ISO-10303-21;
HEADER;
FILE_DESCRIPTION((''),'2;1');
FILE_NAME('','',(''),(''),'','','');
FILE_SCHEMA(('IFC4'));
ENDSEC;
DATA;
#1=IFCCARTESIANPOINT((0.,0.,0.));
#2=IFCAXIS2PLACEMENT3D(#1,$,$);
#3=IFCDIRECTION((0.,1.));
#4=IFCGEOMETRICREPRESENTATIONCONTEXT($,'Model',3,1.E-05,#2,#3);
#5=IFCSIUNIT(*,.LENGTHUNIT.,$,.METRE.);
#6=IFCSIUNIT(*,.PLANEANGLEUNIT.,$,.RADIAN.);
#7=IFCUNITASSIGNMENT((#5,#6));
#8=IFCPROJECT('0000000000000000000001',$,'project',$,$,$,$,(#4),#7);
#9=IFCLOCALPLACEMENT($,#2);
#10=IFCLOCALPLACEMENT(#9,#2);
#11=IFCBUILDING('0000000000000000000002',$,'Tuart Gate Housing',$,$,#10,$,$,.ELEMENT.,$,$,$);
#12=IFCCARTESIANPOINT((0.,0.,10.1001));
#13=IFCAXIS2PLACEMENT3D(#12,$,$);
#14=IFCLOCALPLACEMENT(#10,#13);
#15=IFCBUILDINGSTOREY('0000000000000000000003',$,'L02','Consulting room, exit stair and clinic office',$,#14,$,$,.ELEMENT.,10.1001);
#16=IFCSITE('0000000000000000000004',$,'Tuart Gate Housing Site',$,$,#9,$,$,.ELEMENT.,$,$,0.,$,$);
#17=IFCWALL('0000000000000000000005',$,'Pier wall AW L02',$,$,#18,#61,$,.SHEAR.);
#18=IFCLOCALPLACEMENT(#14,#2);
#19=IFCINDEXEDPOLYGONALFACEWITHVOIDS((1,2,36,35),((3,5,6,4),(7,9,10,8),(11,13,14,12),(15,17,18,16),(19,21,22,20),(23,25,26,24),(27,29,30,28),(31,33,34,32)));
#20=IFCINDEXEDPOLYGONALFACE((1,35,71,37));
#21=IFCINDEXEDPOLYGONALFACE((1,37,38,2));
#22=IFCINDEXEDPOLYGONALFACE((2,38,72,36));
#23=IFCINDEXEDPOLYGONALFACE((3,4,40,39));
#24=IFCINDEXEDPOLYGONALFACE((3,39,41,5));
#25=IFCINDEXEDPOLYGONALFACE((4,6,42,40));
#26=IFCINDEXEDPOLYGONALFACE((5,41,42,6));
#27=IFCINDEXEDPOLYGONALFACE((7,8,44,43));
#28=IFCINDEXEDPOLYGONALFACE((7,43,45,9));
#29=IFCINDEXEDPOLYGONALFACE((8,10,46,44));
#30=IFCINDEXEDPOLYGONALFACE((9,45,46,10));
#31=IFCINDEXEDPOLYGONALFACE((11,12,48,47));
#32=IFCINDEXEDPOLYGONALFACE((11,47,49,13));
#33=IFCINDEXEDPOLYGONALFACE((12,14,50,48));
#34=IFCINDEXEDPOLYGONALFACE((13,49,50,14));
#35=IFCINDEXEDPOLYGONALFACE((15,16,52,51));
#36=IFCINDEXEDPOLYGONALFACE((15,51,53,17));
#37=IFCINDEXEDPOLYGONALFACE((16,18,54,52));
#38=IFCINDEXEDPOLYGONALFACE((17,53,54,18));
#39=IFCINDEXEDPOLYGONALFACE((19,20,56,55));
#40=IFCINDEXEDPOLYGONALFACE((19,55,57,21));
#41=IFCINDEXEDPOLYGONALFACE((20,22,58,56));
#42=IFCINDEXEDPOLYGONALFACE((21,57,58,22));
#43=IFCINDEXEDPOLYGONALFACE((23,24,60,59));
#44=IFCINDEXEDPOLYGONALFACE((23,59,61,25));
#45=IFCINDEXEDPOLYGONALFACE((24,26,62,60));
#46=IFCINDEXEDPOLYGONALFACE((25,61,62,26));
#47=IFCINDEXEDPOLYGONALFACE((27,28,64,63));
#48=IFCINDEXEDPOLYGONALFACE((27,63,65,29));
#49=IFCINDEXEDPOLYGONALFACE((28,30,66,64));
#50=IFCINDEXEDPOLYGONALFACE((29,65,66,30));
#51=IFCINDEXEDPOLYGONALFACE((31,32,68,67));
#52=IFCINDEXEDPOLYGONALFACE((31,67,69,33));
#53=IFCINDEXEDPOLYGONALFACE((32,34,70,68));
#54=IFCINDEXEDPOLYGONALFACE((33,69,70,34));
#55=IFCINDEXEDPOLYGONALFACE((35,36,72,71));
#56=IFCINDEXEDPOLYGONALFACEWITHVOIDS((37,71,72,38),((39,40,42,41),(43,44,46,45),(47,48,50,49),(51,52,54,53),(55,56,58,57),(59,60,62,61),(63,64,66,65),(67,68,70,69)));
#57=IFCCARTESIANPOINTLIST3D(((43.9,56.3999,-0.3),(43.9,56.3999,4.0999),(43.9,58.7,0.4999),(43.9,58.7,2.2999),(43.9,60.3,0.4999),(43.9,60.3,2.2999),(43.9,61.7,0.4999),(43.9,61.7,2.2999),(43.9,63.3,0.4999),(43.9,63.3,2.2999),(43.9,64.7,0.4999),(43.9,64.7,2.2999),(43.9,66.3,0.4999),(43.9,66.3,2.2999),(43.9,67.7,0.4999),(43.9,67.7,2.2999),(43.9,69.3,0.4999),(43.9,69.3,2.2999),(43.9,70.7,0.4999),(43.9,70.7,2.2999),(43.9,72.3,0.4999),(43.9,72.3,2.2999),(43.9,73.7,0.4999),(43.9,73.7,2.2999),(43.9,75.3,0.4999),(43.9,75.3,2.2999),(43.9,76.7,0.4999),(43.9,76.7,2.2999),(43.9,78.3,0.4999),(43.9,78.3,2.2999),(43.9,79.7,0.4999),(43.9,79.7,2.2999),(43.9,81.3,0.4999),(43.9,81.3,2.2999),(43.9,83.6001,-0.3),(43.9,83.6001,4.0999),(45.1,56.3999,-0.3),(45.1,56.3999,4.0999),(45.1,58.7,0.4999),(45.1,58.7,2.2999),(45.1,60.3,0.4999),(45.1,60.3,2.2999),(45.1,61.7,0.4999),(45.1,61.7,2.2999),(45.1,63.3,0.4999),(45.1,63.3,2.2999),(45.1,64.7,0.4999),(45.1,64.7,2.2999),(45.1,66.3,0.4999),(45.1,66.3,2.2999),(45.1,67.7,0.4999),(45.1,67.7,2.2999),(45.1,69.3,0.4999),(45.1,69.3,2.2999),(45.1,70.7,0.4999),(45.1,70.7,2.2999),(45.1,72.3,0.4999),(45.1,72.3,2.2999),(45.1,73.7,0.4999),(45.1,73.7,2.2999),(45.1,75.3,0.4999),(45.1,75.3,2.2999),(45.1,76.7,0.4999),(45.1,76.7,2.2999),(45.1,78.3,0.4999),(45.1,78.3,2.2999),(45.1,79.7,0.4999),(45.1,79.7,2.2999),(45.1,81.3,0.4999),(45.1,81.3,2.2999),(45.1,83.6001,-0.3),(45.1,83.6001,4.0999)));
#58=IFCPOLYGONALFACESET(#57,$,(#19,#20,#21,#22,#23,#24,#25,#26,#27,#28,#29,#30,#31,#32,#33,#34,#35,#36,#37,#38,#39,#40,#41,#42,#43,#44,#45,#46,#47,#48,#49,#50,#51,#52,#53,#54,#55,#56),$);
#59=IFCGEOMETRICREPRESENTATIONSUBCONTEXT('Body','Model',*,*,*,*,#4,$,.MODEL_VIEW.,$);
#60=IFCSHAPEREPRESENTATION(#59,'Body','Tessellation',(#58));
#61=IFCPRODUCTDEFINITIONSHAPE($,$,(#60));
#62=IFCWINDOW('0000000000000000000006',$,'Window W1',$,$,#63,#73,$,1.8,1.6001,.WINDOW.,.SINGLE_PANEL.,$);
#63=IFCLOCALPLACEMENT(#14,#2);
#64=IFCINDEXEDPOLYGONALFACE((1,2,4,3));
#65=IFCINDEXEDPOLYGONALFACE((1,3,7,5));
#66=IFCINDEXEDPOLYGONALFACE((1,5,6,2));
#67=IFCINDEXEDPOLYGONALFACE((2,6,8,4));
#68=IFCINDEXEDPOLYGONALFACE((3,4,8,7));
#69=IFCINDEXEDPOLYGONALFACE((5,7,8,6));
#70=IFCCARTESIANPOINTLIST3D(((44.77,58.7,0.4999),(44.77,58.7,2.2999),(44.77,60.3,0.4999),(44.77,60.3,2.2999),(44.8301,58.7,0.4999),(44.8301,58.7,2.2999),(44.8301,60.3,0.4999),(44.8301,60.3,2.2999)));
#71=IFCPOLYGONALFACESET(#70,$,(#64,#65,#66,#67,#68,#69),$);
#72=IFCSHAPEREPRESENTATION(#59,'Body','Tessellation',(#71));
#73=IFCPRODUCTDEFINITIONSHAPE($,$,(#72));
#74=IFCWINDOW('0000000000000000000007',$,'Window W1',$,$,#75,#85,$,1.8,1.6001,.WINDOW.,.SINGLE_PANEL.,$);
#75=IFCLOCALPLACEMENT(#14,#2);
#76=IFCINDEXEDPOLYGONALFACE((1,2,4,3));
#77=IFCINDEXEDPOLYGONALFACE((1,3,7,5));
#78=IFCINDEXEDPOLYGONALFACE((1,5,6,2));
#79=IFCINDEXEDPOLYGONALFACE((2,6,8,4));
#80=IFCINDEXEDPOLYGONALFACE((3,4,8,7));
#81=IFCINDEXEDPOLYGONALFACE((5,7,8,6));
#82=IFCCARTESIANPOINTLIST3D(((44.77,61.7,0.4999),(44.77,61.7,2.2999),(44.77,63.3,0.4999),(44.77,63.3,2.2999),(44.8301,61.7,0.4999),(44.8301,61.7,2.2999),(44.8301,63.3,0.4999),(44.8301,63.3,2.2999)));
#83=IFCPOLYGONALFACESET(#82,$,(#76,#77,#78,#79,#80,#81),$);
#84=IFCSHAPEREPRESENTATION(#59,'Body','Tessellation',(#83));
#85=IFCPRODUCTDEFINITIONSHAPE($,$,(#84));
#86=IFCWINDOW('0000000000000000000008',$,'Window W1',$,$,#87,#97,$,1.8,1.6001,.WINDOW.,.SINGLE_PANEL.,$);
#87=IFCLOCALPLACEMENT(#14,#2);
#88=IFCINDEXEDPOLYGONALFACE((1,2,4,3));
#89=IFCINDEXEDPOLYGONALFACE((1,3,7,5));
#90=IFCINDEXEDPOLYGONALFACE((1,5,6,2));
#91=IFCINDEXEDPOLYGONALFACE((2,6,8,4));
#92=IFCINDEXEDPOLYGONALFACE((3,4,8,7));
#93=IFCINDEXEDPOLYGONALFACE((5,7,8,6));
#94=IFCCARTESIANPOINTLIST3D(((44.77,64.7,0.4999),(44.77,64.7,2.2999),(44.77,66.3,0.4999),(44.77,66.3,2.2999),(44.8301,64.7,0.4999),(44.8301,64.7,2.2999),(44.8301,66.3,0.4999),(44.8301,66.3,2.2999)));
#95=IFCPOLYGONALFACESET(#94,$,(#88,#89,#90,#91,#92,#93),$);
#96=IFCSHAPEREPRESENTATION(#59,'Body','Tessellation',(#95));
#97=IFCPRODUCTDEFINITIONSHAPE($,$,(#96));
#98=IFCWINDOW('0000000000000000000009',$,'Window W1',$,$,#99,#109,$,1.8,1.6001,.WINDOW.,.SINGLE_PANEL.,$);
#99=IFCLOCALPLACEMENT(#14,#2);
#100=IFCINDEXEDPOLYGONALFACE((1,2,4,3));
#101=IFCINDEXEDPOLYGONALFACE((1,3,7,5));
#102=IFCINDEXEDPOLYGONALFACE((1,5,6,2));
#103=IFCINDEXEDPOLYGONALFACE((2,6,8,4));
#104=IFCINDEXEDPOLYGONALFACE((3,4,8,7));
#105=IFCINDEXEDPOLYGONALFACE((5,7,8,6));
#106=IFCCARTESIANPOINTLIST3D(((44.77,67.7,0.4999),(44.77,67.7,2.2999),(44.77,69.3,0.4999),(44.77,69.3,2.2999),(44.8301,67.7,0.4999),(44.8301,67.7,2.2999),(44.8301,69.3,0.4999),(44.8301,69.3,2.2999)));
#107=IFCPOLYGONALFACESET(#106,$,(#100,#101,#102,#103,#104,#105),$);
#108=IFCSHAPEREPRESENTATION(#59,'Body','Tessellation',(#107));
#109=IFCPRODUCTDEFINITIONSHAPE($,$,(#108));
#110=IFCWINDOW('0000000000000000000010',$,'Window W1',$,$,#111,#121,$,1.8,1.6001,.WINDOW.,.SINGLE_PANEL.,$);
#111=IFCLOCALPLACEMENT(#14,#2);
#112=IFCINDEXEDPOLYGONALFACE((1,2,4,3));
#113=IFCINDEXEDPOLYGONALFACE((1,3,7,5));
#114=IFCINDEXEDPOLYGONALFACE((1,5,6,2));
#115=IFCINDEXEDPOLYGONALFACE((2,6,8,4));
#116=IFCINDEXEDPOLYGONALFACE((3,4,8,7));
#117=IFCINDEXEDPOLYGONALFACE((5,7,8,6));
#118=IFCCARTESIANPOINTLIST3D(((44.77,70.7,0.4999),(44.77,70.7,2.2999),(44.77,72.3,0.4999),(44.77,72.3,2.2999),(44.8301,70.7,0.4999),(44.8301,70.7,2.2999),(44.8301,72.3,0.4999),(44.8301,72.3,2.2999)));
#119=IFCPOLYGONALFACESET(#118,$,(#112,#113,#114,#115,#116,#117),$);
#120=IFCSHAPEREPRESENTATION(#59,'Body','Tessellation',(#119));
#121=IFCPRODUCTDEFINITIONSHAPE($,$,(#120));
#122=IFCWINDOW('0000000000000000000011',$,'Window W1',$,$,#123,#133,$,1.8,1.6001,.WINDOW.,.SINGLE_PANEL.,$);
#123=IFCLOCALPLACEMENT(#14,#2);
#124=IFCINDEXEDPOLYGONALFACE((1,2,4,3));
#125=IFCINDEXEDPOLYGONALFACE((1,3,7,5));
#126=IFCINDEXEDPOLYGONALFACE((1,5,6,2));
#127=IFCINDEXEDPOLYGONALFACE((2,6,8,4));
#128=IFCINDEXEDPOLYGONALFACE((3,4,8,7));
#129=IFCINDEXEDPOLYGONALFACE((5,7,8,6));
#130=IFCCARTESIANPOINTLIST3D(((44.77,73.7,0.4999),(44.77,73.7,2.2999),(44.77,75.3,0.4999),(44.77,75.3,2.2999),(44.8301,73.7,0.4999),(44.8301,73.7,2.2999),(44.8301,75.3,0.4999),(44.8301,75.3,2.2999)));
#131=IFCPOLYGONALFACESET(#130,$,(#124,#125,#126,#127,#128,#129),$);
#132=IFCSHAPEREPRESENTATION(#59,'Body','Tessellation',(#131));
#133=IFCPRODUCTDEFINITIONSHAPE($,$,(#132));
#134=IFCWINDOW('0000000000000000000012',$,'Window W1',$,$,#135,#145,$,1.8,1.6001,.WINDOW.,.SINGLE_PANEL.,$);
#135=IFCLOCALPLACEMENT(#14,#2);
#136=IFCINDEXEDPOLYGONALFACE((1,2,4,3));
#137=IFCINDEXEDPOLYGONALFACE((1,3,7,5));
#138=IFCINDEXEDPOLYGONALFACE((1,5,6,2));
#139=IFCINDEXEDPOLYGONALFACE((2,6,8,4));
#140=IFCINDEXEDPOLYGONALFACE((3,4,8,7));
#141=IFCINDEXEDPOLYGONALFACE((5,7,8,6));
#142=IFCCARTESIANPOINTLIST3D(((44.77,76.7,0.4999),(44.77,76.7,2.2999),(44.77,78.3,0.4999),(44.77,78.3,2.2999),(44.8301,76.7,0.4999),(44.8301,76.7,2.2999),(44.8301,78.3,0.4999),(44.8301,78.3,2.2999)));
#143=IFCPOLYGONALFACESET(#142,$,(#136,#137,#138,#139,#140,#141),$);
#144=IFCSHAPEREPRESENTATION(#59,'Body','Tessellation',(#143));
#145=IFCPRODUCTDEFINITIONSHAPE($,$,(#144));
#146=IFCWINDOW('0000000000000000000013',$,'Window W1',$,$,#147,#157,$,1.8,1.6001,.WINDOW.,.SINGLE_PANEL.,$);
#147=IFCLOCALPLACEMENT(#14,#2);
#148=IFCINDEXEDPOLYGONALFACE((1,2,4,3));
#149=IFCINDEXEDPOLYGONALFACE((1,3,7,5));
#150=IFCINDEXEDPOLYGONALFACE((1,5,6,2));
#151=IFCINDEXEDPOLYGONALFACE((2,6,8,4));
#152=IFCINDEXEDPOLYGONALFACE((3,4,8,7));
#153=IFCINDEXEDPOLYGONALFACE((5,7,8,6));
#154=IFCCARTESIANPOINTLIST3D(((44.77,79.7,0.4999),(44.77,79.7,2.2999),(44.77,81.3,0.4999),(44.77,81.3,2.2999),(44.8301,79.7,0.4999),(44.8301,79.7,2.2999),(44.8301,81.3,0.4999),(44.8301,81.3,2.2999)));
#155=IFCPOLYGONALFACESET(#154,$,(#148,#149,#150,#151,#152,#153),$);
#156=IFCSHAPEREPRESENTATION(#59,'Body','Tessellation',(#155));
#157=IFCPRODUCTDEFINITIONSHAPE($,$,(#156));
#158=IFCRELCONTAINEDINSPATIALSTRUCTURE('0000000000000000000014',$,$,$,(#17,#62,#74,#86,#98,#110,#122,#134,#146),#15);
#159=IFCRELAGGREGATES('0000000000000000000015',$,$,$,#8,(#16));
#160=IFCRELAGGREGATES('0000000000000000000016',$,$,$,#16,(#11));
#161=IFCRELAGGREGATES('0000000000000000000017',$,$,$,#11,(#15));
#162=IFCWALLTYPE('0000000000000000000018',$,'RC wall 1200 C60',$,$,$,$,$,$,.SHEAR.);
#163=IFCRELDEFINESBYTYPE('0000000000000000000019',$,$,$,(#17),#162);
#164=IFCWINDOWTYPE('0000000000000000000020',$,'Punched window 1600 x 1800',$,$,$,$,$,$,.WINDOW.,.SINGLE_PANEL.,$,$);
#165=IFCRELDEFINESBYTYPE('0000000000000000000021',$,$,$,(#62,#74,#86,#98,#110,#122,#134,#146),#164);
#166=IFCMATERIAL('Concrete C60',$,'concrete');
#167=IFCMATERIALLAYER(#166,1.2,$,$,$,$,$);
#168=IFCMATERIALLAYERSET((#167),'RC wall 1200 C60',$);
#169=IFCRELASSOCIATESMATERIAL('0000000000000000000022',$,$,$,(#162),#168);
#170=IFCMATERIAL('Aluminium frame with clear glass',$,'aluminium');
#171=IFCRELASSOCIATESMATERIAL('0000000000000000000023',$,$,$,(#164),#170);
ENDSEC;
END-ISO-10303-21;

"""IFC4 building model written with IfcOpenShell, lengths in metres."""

from ifc_helpers import new_model, si_unit, direction, frame, frame_2d, origin, place, context, subcontext, project, spatial, rectangle, extrude, material, layer, layer_set, type_object, element, fill, save


model = new_model("IFC4")

# Units and contexts
model_context = context("Model", 3, precision=1e-05, world=origin(), true_north=direction((0.0, 1.0)))
body_context = subcontext(model_context, "Body", "Model", "MODEL_VIEW")
ifc_project = project(units=[si_unit("LENGTHUNIT", "METRE"), si_unit("PLANEANGLEUNIT", "RADIAN")], contexts=[model_context])

# Site, building, storey
site_placement = place(None, origin())
site = spatial("IfcSite", under=ifc_project, at=site_placement, Name="Tuart Gate Housing Site", CompositionType="ELEMENT", RefElevation=0.0)
building_placement = place(site_placement, origin())
building = spatial("IfcBuilding", under=site, at=building_placement, Name="Tuart Gate Housing", CompositionType="ELEMENT")
storey_placement = place(building_placement, frame((0.0, 0.0, 10.1001)))
storey = spatial("IfcBuildingStorey", under=building, at=storey_placement, Name="L02", Description="Consulting room, exit stair and clinic office", CompositionType="ELEMENT", Elevation=10.1001)

# Wall, openings, windows
ifc_material_1 = material(Name="Concrete C60", Category="concrete")
ifc_layer_1 = layer(ifc_material_1, 1.2)
ifc_layer_set_1 = layer_set([ifc_layer_1], Name="RC wall 1200 C60")
wall_type = type_object("IfcWallType", Name="RC wall 1200 C60", PredefinedType="SHEAR", material=ifc_layer_set_1)
wall_placement = place(storey_placement, frame((44.5, 56.3999, -0.3), z_axis=(0.0, 0.0, 1.0), x_axis=(0.0, 1.0, 0.0)))
wall = element("IfcWall", 1, at=wall_placement, inside=storey, type_object=wall_type, Name="Pier wall AW L02", PredefinedType="SHEAR", context=body_context, shape_type="SweptSolid", body=[
    extrude(rectangle(XDim=27.2002, YDim=1.2, at=frame_2d((13.6001, 0.0))), origin(), (0.0, 0.0, 1.0), 4.3999),
])
opening_1_placement = place(wall_placement, frame((2.3, 0.0, 0.8)))
opening_1 = element("IfcOpeningElement", 2, at=opening_1_placement, cuts=wall, PredefinedType="OPENING", context=body_context, shape_type="SweptSolid", body=[
    extrude(rectangle(XDim=1.6001, YDim=1.8, at=frame_2d((0.8, 0.8999))), frame((0.0, 0.6099, 0.0), z_axis=(0.0, -1.0, 0.0), x_axis=(1.0, 0.0, 0.0)), (0.0, 0.0, 1.0), 1.22),
])
opening_2_placement = place(wall_placement, frame((5.3, 0.0, 0.8)))
opening_2 = element("IfcOpeningElement", 3, at=opening_2_placement, cuts=wall, PredefinedType="OPENING", context=body_context, shape_type="SweptSolid", body=[
    extrude(rectangle(XDim=1.6001, YDim=1.8, at=frame_2d((0.8, 0.8999))), frame((0.0, 0.6099, 0.0), z_axis=(0.0, -1.0, 0.0), x_axis=(1.0, 0.0, 0.0)), (0.0, 0.0, 1.0), 1.22),
])
opening_3_placement = place(wall_placement, frame((8.3, 0.0, 0.8)))
opening_3 = element("IfcOpeningElement", 4, at=opening_3_placement, cuts=wall, PredefinedType="OPENING", context=body_context, shape_type="SweptSolid", body=[
    extrude(rectangle(XDim=1.6001, YDim=1.8, at=frame_2d((0.8, 0.8999))), frame((0.0, 0.6099, 0.0), z_axis=(0.0, -1.0, 0.0), x_axis=(1.0, 0.0, 0.0)), (0.0, 0.0, 1.0), 1.22),
])
opening_4_placement = place(wall_placement, frame((11.3, 0.0, 0.8)))
opening_4 = element("IfcOpeningElement", 5, at=opening_4_placement, cuts=wall, PredefinedType="OPENING", context=body_context, shape_type="SweptSolid", body=[
    extrude(rectangle(XDim=1.6001, YDim=1.8, at=frame_2d((0.8, 0.8999))), frame((0.0, 0.6099, 0.0), z_axis=(0.0, -1.0, 0.0), x_axis=(1.0, 0.0, 0.0)), (0.0, 0.0, 1.0), 1.22),
])
opening_5_placement = place(wall_placement, frame((14.3, 0.0, 0.8)))
opening_5 = element("IfcOpeningElement", 6, at=opening_5_placement, cuts=wall, PredefinedType="OPENING", context=body_context, shape_type="SweptSolid", body=[
    extrude(rectangle(XDim=1.6001, YDim=1.8, at=frame_2d((0.8, 0.8999))), frame((0.0, 0.6099, 0.0), z_axis=(0.0, -1.0, 0.0), x_axis=(1.0, 0.0, 0.0)), (0.0, 0.0, 1.0), 1.22),
])
opening_6_placement = place(wall_placement, frame((17.3, 0.0, 0.8)))
opening_6 = element("IfcOpeningElement", 7, at=opening_6_placement, cuts=wall, PredefinedType="OPENING", context=body_context, shape_type="SweptSolid", body=[
    extrude(rectangle(XDim=1.6001, YDim=1.8, at=frame_2d((0.8, 0.8999))), frame((0.0, 0.6099, 0.0), z_axis=(0.0, -1.0, 0.0), x_axis=(1.0, 0.0, 0.0)), (0.0, 0.0, 1.0), 1.22),
])
opening_7_placement = place(wall_placement, frame((20.3, 0.0, 0.8)))
opening_7 = element("IfcOpeningElement", 8, at=opening_7_placement, cuts=wall, PredefinedType="OPENING", context=body_context, shape_type="SweptSolid", body=[
    extrude(rectangle(XDim=1.6001, YDim=1.8, at=frame_2d((0.8, 0.8999))), frame((0.0, 0.6099, 0.0), z_axis=(0.0, -1.0, 0.0), x_axis=(1.0, 0.0, 0.0)), (0.0, 0.0, 1.0), 1.22),
])
opening_8_placement = place(wall_placement, frame((23.3, 0.0, 0.8)))
opening_8 = element("IfcOpeningElement", 9, at=opening_8_placement, cuts=wall, PredefinedType="OPENING", context=body_context, shape_type="SweptSolid", body=[
    extrude(rectangle(XDim=1.6001, YDim=1.8, at=frame_2d((0.8, 0.8999))), frame((0.0, 0.6099, 0.0), z_axis=(0.0, -1.0, 0.0), x_axis=(1.0, 0.0, 0.0)), (0.0, 0.0, 1.0), 1.22),
])
ifc_material_2 = material(Name="Aluminium frame with clear glass", Category="aluminium")
window_type = type_object("IfcWindowType", Name="Punched window 1600 x 1800", PartitioningType="SINGLE_PANEL", PredefinedType="WINDOW", material=ifc_material_2)
window_1_placement = place(opening_1_placement, origin())
window_1 = element("IfcWindow", 10, at=window_1_placement, inside=storey, type_object=window_type, Name="Window W1", OverallHeight=1.8, OverallWidth=1.6001, PartitioningType="SINGLE_PANEL", PredefinedType="WINDOW", context=body_context, shape_type="SweptSolid", body=[
    extrude(rectangle(XDim=1.6001, YDim=1.8, at=frame_2d((0.8, 0.8999))), frame((0.0, -0.27, 0.0), z_axis=(0.0, -1.0, 0.0), x_axis=(1.0, 0.0, 0.0)), (0.0, 0.0, 1.0), 0.0601),
])
fill(opening_1, window_1)
window_2_placement = place(opening_2_placement, origin())
window_2 = element("IfcWindow", 11, at=window_2_placement, inside=storey, type_object=window_type, Name="Window W1", OverallHeight=1.8, OverallWidth=1.6001, PartitioningType="SINGLE_PANEL", PredefinedType="WINDOW", context=body_context, shape_type="SweptSolid", body=[
    extrude(rectangle(XDim=1.6001, YDim=1.8, at=frame_2d((0.8, 0.8999))), frame((0.0, -0.27, 0.0), z_axis=(0.0, -1.0, 0.0), x_axis=(1.0, 0.0, 0.0)), (0.0, 0.0, 1.0), 0.0601),
])
fill(opening_2, window_2)
window_3_placement = place(opening_3_placement, origin())
window_3 = element("IfcWindow", 12, at=window_3_placement, inside=storey, type_object=window_type, Name="Window W1", OverallHeight=1.8, OverallWidth=1.6001, PartitioningType="SINGLE_PANEL", PredefinedType="WINDOW", context=body_context, shape_type="SweptSolid", body=[
    extrude(rectangle(XDim=1.6001, YDim=1.8, at=frame_2d((0.8, 0.8999))), frame((0.0, -0.27, 0.0), z_axis=(0.0, -1.0, 0.0), x_axis=(1.0, 0.0, 0.0)), (0.0, 0.0, 1.0), 0.0601),
])
fill(opening_3, window_3)
window_4_placement = place(opening_4_placement, origin())
window_4 = element("IfcWindow", 13, at=window_4_placement, inside=storey, type_object=window_type, Name="Window W1", OverallHeight=1.8, OverallWidth=1.6001, PartitioningType="SINGLE_PANEL", PredefinedType="WINDOW", context=body_context, shape_type="SweptSolid", body=[
    extrude(rectangle(XDim=1.6001, YDim=1.8, at=frame_2d((0.8, 0.8999))), frame((0.0, -0.27, 0.0), z_axis=(0.0, -1.0, 0.0), x_axis=(1.0, 0.0, 0.0)), (0.0, 0.0, 1.0), 0.0601),
])
fill(opening_4, window_4)
window_5_placement = place(opening_5_placement, origin())
window_5 = element("IfcWindow", 14, at=window_5_placement, inside=storey, type_object=window_type, Name="Window W1", OverallHeight=1.8, OverallWidth=1.6001, PartitioningType="SINGLE_PANEL", PredefinedType="WINDOW", context=body_context, shape_type="SweptSolid", body=[
    extrude(rectangle(XDim=1.6001, YDim=1.8, at=frame_2d((0.8, 0.8999))), frame((0.0, -0.27, 0.0), z_axis=(0.0, -1.0, 0.0), x_axis=(1.0, 0.0, 0.0)), (0.0, 0.0, 1.0), 0.0601),
])
fill(opening_5, window_5)
window_6_placement = place(opening_6_placement, origin())
window_6 = element("IfcWindow", 15, at=window_6_placement, inside=storey, type_object=window_type, Name="Window W1", OverallHeight=1.8, OverallWidth=1.6001, PartitioningType="SINGLE_PANEL", PredefinedType="WINDOW", context=body_context, shape_type="SweptSolid", body=[
    extrude(rectangle(XDim=1.6001, YDim=1.8, at=frame_2d((0.8, 0.8999))), frame((0.0, -0.27, 0.0), z_axis=(0.0, -1.0, 0.0), x_axis=(1.0, 0.0, 0.0)), (0.0, 0.0, 1.0), 0.0601),
])
fill(opening_6, window_6)
window_7_placement = place(opening_7_placement, origin())
window_7 = element("IfcWindow", 16, at=window_7_placement, inside=storey, type_object=window_type, Name="Window W1", OverallHeight=1.8, OverallWidth=1.6001, PartitioningType="SINGLE_PANEL", PredefinedType="WINDOW", context=body_context, shape_type="SweptSolid", body=[
    extrude(rectangle(XDim=1.6001, YDim=1.8, at=frame_2d((0.8, 0.8999))), frame((0.0, -0.27, 0.0), z_axis=(0.0, -1.0, 0.0), x_axis=(1.0, 0.0, 0.0)), (0.0, 0.0, 1.0), 0.0601),
])
fill(opening_7, window_7)
window_8_placement = place(opening_8_placement, origin())
window_8 = element("IfcWindow", 17, at=window_8_placement, inside=storey, type_object=window_type, Name="Window W1", OverallHeight=1.8, OverallWidth=1.6001, PartitioningType="SINGLE_PANEL", PredefinedType="WINDOW", context=body_context, shape_type="SweptSolid", body=[
    extrude(rectangle(XDim=1.6001, YDim=1.8, at=frame_2d((0.8, 0.8999))), frame((0.0, -0.27, 0.0), z_axis=(0.0, -1.0, 0.0), x_axis=(1.0, 0.0, 0.0)), (0.0, 0.0, 1.0), 0.0601),
])
fill(opening_8, window_8)

save(model, "model.ifc")
